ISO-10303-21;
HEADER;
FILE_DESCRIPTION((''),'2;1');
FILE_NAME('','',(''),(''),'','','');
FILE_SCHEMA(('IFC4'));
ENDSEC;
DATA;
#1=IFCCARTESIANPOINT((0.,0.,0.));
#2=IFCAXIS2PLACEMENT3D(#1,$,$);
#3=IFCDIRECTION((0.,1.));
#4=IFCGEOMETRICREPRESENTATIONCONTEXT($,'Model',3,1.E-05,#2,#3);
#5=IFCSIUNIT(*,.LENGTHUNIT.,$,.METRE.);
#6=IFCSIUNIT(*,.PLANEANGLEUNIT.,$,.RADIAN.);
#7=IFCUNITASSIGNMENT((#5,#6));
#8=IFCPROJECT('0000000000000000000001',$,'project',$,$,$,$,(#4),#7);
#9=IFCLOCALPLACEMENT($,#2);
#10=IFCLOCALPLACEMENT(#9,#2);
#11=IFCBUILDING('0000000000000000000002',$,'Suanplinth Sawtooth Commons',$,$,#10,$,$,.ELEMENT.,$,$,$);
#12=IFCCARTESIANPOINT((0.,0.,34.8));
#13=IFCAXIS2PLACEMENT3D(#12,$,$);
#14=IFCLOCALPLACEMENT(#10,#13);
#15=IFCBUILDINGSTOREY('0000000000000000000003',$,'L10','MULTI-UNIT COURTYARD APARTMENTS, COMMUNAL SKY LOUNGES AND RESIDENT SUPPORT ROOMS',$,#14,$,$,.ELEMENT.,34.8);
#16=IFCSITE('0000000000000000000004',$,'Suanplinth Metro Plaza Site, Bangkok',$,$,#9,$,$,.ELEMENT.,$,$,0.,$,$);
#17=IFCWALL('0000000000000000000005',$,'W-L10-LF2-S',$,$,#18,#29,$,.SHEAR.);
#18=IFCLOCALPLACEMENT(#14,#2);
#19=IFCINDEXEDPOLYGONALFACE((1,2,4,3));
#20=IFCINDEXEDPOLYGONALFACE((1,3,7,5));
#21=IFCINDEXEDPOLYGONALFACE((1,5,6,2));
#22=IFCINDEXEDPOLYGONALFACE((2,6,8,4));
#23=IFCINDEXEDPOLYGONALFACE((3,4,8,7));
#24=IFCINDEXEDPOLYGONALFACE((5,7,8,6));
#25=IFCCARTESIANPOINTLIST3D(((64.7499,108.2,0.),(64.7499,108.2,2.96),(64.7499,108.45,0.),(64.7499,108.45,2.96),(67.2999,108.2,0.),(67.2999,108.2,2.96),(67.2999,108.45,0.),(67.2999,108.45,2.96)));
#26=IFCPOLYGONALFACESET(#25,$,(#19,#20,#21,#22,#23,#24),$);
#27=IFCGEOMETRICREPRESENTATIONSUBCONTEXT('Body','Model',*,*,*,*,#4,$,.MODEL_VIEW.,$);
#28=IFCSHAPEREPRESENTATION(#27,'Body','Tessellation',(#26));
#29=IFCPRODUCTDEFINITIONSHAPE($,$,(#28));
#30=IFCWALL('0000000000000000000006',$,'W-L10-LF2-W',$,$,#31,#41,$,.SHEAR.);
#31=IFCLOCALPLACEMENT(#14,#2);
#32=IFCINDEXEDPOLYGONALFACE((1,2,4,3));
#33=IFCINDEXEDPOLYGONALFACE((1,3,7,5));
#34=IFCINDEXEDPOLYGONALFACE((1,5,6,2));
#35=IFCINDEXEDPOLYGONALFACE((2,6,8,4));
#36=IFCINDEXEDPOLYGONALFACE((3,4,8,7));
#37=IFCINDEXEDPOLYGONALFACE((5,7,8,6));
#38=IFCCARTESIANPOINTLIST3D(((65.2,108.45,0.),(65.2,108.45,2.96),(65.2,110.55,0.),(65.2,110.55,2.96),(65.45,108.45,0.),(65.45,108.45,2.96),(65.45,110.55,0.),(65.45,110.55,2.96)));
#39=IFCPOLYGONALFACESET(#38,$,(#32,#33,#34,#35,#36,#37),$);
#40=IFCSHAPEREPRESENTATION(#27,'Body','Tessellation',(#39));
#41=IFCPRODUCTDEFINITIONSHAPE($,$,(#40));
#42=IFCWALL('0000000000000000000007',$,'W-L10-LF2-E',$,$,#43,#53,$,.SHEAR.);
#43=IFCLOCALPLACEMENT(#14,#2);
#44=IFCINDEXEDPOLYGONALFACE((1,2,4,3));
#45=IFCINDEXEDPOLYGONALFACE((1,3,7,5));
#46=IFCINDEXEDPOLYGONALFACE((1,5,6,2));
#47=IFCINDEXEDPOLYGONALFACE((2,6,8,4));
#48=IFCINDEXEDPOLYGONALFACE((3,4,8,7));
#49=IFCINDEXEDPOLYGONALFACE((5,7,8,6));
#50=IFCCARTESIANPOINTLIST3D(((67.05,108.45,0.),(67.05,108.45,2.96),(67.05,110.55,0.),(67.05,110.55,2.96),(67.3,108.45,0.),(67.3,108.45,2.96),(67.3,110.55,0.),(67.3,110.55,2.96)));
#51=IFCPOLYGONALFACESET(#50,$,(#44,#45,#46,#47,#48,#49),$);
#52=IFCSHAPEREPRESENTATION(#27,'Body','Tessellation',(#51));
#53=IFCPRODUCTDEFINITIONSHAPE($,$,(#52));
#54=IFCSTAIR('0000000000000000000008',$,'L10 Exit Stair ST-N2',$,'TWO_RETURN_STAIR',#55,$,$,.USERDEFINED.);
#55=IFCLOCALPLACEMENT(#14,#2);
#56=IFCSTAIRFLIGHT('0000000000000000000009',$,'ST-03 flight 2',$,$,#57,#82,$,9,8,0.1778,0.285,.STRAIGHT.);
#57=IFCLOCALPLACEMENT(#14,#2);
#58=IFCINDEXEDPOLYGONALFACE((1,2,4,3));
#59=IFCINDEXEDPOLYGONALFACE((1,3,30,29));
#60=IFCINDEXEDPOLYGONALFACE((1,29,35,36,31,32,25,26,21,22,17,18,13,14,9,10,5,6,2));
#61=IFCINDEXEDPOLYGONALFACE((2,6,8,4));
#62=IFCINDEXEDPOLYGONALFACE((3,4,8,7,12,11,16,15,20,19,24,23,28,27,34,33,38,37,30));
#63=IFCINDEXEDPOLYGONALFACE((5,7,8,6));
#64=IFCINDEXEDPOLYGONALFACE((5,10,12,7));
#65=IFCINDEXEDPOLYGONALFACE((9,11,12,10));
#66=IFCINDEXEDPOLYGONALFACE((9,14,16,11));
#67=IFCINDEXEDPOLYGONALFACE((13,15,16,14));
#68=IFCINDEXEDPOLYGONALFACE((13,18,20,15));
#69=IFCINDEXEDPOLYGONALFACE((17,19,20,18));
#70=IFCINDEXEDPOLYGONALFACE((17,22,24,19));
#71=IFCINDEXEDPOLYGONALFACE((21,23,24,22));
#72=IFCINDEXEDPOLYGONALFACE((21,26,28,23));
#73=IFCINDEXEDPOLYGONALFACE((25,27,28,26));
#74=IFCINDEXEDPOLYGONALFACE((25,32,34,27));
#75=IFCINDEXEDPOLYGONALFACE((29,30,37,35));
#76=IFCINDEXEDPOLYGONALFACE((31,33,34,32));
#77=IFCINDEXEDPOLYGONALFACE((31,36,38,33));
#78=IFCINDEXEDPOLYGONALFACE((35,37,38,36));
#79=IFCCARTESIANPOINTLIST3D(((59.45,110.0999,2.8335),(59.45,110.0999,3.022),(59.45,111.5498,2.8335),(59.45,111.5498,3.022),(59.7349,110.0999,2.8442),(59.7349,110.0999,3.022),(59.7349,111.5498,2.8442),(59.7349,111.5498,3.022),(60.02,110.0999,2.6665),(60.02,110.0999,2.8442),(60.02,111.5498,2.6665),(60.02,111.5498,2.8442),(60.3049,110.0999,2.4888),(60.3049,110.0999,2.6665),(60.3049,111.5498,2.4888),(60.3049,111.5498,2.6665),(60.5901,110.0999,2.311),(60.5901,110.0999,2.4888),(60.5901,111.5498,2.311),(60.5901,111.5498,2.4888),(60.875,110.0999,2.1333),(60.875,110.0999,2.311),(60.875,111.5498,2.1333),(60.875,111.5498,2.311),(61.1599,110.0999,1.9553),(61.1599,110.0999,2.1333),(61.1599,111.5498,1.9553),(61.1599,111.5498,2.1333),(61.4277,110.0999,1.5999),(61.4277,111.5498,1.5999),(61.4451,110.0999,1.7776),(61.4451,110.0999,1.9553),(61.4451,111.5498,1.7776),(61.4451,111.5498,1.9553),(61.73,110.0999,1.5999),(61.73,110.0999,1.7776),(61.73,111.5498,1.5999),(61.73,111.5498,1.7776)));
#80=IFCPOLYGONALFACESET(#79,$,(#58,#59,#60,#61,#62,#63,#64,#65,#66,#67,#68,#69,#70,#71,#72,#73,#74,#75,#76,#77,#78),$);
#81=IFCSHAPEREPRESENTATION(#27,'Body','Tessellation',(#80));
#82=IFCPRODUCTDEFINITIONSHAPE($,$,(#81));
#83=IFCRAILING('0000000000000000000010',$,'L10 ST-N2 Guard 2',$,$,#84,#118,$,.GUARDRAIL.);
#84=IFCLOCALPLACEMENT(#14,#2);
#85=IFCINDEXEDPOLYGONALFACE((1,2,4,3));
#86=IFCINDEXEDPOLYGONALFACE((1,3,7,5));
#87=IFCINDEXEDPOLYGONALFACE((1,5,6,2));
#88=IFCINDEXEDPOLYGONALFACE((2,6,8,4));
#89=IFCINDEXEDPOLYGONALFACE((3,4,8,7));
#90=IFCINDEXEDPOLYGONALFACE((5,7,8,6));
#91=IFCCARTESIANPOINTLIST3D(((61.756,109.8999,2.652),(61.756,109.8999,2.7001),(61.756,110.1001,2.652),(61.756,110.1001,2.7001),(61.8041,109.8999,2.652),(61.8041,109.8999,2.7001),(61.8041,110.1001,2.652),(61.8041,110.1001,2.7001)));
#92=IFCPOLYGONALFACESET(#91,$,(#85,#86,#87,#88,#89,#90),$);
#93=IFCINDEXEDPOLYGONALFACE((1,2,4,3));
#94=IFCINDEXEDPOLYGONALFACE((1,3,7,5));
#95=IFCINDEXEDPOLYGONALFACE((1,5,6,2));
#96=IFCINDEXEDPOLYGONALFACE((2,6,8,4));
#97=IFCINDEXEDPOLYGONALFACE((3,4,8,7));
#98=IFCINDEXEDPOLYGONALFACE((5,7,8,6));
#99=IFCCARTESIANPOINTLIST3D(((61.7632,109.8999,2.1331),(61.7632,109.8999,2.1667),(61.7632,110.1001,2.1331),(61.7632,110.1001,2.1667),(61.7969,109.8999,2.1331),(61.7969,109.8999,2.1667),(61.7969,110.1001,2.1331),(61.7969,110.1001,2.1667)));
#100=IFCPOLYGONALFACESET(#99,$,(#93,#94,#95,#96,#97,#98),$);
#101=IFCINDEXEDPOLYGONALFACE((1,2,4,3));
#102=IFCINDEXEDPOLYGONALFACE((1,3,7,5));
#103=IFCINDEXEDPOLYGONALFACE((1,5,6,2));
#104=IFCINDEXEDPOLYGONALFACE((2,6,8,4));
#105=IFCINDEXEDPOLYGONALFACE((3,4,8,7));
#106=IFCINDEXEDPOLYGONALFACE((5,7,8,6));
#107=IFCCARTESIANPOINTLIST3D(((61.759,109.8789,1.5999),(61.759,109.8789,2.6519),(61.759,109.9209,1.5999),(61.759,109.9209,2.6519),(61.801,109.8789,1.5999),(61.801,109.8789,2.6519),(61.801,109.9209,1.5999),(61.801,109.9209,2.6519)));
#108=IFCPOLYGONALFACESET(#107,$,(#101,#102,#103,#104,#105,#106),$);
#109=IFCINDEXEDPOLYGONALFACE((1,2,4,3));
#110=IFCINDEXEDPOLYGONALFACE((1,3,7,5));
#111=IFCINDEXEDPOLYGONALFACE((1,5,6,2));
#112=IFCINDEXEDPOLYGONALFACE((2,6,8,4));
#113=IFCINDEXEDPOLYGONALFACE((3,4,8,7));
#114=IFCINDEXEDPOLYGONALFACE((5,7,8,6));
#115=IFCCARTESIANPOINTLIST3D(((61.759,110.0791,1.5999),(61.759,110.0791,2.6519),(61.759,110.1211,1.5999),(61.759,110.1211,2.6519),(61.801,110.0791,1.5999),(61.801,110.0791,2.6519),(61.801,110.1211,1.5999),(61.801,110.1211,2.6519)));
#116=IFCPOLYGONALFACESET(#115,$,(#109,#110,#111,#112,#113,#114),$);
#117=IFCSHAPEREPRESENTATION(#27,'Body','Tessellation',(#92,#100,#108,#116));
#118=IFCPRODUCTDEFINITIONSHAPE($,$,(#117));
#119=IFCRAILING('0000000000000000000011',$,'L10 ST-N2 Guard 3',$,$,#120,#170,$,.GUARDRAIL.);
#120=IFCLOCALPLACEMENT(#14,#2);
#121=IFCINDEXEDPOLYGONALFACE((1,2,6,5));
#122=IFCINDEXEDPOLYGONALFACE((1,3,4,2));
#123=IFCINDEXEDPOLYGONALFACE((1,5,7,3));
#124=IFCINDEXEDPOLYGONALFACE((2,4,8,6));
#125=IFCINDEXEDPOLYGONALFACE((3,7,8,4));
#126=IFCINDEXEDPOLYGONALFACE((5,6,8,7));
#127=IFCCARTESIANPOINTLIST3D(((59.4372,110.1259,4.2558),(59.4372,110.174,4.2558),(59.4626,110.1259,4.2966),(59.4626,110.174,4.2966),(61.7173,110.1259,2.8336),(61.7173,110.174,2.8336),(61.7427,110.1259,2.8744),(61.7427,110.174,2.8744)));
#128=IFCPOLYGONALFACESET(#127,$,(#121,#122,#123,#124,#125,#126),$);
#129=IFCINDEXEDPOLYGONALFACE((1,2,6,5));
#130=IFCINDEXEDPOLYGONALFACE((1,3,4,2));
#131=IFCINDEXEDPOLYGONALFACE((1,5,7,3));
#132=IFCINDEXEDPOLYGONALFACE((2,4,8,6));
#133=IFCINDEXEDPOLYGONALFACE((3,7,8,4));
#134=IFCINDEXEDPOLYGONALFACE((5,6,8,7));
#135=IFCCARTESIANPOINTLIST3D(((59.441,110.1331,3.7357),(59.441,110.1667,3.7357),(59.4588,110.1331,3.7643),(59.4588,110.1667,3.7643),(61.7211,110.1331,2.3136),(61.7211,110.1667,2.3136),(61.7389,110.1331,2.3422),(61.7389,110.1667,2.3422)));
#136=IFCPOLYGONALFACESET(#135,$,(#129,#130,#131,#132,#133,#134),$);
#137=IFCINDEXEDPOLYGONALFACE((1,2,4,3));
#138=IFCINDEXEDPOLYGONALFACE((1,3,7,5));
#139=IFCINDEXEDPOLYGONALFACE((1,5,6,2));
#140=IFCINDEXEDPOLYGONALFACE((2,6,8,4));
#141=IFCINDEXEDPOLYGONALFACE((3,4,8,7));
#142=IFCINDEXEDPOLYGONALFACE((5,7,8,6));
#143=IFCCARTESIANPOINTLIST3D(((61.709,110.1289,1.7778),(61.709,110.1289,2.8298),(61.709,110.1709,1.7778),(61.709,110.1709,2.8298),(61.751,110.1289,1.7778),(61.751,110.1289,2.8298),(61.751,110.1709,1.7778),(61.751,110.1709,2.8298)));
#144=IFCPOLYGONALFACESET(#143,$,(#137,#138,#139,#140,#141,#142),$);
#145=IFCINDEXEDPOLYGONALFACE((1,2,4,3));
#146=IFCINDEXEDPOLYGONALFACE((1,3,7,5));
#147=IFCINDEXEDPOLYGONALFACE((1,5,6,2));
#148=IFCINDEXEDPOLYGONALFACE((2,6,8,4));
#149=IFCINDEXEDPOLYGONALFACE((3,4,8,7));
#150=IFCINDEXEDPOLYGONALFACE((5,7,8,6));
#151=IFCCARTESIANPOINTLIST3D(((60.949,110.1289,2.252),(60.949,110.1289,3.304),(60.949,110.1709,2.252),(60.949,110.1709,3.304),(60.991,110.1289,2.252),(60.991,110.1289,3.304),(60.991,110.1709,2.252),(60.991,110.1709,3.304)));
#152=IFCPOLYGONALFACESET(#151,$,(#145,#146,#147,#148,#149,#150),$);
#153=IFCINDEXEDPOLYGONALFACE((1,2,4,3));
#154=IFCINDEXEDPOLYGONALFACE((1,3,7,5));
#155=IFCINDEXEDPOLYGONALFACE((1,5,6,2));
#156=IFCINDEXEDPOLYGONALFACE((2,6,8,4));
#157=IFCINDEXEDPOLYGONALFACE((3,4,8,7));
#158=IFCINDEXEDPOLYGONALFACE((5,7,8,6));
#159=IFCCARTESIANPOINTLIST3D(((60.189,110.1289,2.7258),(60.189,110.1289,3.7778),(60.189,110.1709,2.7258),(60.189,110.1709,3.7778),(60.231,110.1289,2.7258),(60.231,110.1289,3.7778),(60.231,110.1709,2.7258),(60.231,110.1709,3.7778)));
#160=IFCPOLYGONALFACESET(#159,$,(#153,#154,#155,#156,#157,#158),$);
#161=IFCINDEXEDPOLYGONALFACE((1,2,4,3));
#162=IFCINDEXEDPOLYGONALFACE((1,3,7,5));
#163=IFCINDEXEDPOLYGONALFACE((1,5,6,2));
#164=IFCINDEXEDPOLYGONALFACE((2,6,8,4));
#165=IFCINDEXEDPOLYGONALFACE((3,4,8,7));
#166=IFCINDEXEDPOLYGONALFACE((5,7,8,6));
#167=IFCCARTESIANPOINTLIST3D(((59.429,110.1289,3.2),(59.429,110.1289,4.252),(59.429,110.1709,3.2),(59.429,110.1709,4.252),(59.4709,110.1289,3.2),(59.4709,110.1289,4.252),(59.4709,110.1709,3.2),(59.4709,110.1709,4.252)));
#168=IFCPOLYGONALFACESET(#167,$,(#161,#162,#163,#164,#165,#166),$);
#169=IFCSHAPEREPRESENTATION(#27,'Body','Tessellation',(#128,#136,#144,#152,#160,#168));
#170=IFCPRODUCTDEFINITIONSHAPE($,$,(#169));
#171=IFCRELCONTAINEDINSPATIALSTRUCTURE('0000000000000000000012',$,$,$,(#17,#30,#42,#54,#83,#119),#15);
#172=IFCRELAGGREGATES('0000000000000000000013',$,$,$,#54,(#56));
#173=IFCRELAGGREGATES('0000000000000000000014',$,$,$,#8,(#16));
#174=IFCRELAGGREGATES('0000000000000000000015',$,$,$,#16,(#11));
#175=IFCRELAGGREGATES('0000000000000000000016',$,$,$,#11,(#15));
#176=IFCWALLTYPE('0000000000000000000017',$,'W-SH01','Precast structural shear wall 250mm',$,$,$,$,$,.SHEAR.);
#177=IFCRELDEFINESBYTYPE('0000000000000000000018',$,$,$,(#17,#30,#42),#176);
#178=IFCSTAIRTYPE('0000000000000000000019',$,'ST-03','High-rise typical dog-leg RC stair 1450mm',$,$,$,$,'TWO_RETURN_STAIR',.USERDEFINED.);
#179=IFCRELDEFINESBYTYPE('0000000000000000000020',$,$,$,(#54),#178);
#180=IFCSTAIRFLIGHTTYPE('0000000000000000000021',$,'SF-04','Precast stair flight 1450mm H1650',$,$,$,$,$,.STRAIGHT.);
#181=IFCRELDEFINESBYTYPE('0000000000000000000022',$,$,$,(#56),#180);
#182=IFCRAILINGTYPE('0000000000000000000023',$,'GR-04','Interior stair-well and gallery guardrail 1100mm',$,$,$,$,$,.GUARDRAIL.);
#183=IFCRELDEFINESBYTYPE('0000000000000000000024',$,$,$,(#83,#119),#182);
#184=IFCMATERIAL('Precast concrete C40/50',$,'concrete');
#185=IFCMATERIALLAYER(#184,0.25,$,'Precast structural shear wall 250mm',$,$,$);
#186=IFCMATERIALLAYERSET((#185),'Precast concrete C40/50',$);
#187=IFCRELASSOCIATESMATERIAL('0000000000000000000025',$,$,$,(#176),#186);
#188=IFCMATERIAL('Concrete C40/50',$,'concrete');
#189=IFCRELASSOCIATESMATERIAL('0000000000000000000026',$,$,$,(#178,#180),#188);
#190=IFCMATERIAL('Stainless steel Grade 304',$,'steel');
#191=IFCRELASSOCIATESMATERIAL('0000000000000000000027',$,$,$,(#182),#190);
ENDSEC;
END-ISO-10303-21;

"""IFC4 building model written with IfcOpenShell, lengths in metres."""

from ifc_helpers import new_model, si_unit, direction, frame, frame_2d, origin, origin_2d, place, context, subcontext, project, spatial, polyline, rectangle, outline, extrude, material, layer, layer_set, type_object, element, aggregate, save


model = new_model("IFC4")

# Units and contexts
model_context = context("Model", 3, precision=1e-05, world=origin(), true_north=direction((0.0, 1.0)))
body_context = subcontext(model_context, "Body", "Model", "MODEL_VIEW")
ifc_project = project(units=[si_unit("LENGTHUNIT", "METRE"), si_unit("PLANEANGLEUNIT", "RADIAN")], contexts=[model_context])

# Site, building, storey
site_placement = place(None, origin())
site = spatial("IfcSite", under=ifc_project, at=site_placement, Name="Suanplinth Metro Plaza Site, Bangkok", CompositionType="ELEMENT", RefElevation=0.0)
building_placement = place(site_placement, origin())
building = spatial("IfcBuilding", under=site, at=building_placement, Name="Suanplinth Sawtooth Commons", CompositionType="ELEMENT")
storey_placement = place(building_placement, frame((0.0, 0.0, 34.8)))
storey = spatial("IfcBuildingStorey", under=building, at=storey_placement, Name="L10", Description="MULTI-UNIT COURTYARD APARTMENTS, COMMUNAL SKY LOUNGES AND RESIDENT SUPPORT ROOMS", CompositionType="ELEMENT", Elevation=34.8)

# Shared definitions
ifc_material_1 = material(Name="Precast concrete C40/50", Category="concrete")

# Shared definitions
ifc_material_2 = material(Name="Concrete C40/50", Category="concrete")

# Wall
ifc_layer_1 = layer(ifc_material_1, 0.25, Name="Precast structural shear wall 250mm")
ifc_layer_set_1 = layer_set([ifc_layer_1], Name="Precast concrete C40/50")
wall_type_1 = type_object("IfcWallType", Name="W-SH01", Description="Precast structural shear wall 250mm", PredefinedType="SHEAR", material=ifc_layer_set_1)
wall_1_placement = place(storey_placement, frame((64.75, 108.325, 0.0), z_axis=(0.0, 0.0, 1.0), x_axis=(1.0, 0.0, 0.0)))
element("IfcWall", 1, at=wall_1_placement, inside=storey, type_object=wall_type_1, Name="W-L10-LF2-S", PredefinedType="SHEAR", context=body_context, shape_type="SweptSolid", body=[
    extrude(rectangle(XDim=2.55, YDim=0.25, at=frame_2d((1.2749, 0.0))), origin(), (0.0, 0.0, 1.0), 2.96),
])

# Shared definitions
ifc_material_3 = material(Name="Stainless steel Grade 304", Category="steel")

# Walls
for number, where, z_axis, x_axis, name in (
    (2, (65.325, 108.45, 0.0), (0.0, 0.0, 1.0), (0.0, 1.0, 0.0), "W-L10-LF2-W"),
    (3, (67.175, 108.45, 0.0), (0.0, 0.0, 1.0), (0.0, 1.0, 0.0), "W-L10-LF2-E"),
):
    element("IfcWall", number, at=place(storey_placement, frame(where, z_axis=z_axis, x_axis=x_axis)), inside=storey, type_object=wall_type_1, Name=name, PredefinedType="SHEAR", context=body_context, shape_type="SweptSolid", body=[
        extrude(rectangle(XDim=2.1001, YDim=0.25, at=frame_2d((1.05, 0.0))), origin(), (0.0, 0.0, 1.0), 2.96),
    ])

# Stair, stair flight
stair_type = type_object("IfcStairType", Name="ST-03", Description="High-rise typical dog-leg RC stair 1450mm", ElementType="TWO_RETURN_STAIR", PredefinedType="USERDEFINED", material=ifc_material_2)
stair_placement = place(storey_placement, origin())
stair = element("IfcStair", 4, at=stair_placement, inside=storey, type_object=stair_type, Name="L10 Exit Stair ST-N2", ObjectType="TWO_RETURN_STAIR", PredefinedType="USERDEFINED")
stair_flight_type = type_object("IfcStairFlightType", Name="SF-04", Description="Precast stair flight 1450mm H1650", PredefinedType="STRAIGHT", material=ifc_material_2)
stair_flight_placement = place(storey_placement, frame((61.73, 110.825, 1.5999), z_axis=(0.0, 0.0, 1.0), x_axis=(-1.0, 0.0, 0.0)))
stair_flight = element("IfcStairFlight", 5, at=stair_flight_placement, type_object=stair_flight_type, Name="ST-03 flight 2", NumberOfRisers=9, NumberOfTreads=8, PredefinedType="STRAIGHT", RiserHeight=0.1778, TreadLength=0.285, context=body_context, shape_type="SweptSolid", body=[
    extrude(outline(polyline([(0.0, 0.0), (0.0, 0.1777), (0.2849, 0.1777), (0.2849, 0.3555), (0.5701, 0.3555), (0.5701, 0.5334), (0.855, 0.5334), (0.855, 0.7112), (1.1399, 0.7112), (1.1399, 0.8889), (1.425, 0.8889), (1.425, 1.0667), (1.71, 1.0667), (1.71, 1.2444), (1.9951, 1.2444), (1.9951, 1.4221), (2.28, 1.4221), (2.28, 1.6001), (2.28, 1.2336), (0.3022, 0.0), (0.0, 0.0)])), frame((0.0, 0.7251, 0.0), z_axis=(0.0, -1.0, 0.0), x_axis=(1.0, 0.0, 0.0)), (0.0, 0.0, 1.0), 1.45),
])
aggregate(stair, [stair_flight])

# Railings
railing_type_1 = type_object("IfcRailingType", Name="GR-04", Description="Interior stair-well and gallery guardrail 1100mm", PredefinedType="GUARDRAIL", material=ifc_material_3)
railing_1_placement = place(storey_placement, frame((61.78, 109.8999, 1.5999)))
element("IfcRailing", 6, at=railing_1_placement, inside=storey, type_object=railing_type_1, Name="L10 ST-N2 Guard 2", PredefinedType="GUARDRAIL", context=body_context, shape_type="SweptSolid", body=[
    extrude(rectangle(XDim=0.0481, YDim=0.0481, at=origin_2d()), frame((0.0, 0.0, 1.0762), z_axis=(0.0, 1.0, 0.0), x_axis=(-1.0, 0.0, 0.0)), (0.0, 0.0, 1.0), 0.2002),
    extrude(rectangle(XDim=0.0337, YDim=0.0337, at=origin_2d()), frame((0.0, 0.0, 0.55), z_axis=(0.0, 1.0, 0.0), x_axis=(-1.0, 0.0, 0.0)), (0.0, 0.0, 1.0), 0.2002),
    extrude(rectangle(XDim=0.042, YDim=0.042, at=origin_2d()), origin(), (0.0, 0.0, 1.0), 1.052),
    extrude(rectangle(XDim=0.042, YDim=0.042, at=origin_2d()), frame((0.0, 0.2002, 0.0)), (0.0, 0.0, 1.0), 1.052),
])
railing_2_placement = place(storey_placement, frame((61.73, 110.1499, 1.7778)))
element("IfcRailing", 7, at=railing_2_placement, inside=storey, type_object=railing_type_1, Name="L10 ST-N2 Guard 3", PredefinedType="GUARDRAIL", context=body_context, shape_type="SweptSolid", body=[
    extrude(rectangle(XDim=0.0481, YDim=0.0481, at=origin_2d()), frame((0.0, 0.0, 1.0762), z_axis=(-0.848483, 0.0, 0.529223), x_axis=(0.0, -1.0, 0.0)), (0.0, 0.0, 1.0), 2.6873),
    extrude(rectangle(XDim=0.0337, YDim=0.0337, at=origin_2d()), frame((0.0, 0.0, 0.55), z_axis=(-0.848483, 0.0, 0.529223), x_axis=(0.0, -1.0, 0.0)), (0.0, 0.0, 1.0), 2.6873),
    extrude(rectangle(XDim=0.042, YDim=0.042, at=origin_2d()), origin(), (0.0, 0.0, 1.0), 1.052),
    extrude(rectangle(XDim=0.042, YDim=0.042, at=origin_2d()), frame((-0.76, 0.0, 0.4741)), (0.0, 0.0, 1.0), 1.052),
    extrude(rectangle(XDim=0.042, YDim=0.042, at=origin_2d()), frame((-1.52, 0.0, 0.948)), (0.0, 0.0, 1.0), 1.052),
    extrude(rectangle(XDim=0.042, YDim=0.042, at=origin_2d()), frame((-2.28, 0.0, 1.4221)), (0.0, 0.0, 1.0), 1.052),
])

save(model, "model.ifc")
